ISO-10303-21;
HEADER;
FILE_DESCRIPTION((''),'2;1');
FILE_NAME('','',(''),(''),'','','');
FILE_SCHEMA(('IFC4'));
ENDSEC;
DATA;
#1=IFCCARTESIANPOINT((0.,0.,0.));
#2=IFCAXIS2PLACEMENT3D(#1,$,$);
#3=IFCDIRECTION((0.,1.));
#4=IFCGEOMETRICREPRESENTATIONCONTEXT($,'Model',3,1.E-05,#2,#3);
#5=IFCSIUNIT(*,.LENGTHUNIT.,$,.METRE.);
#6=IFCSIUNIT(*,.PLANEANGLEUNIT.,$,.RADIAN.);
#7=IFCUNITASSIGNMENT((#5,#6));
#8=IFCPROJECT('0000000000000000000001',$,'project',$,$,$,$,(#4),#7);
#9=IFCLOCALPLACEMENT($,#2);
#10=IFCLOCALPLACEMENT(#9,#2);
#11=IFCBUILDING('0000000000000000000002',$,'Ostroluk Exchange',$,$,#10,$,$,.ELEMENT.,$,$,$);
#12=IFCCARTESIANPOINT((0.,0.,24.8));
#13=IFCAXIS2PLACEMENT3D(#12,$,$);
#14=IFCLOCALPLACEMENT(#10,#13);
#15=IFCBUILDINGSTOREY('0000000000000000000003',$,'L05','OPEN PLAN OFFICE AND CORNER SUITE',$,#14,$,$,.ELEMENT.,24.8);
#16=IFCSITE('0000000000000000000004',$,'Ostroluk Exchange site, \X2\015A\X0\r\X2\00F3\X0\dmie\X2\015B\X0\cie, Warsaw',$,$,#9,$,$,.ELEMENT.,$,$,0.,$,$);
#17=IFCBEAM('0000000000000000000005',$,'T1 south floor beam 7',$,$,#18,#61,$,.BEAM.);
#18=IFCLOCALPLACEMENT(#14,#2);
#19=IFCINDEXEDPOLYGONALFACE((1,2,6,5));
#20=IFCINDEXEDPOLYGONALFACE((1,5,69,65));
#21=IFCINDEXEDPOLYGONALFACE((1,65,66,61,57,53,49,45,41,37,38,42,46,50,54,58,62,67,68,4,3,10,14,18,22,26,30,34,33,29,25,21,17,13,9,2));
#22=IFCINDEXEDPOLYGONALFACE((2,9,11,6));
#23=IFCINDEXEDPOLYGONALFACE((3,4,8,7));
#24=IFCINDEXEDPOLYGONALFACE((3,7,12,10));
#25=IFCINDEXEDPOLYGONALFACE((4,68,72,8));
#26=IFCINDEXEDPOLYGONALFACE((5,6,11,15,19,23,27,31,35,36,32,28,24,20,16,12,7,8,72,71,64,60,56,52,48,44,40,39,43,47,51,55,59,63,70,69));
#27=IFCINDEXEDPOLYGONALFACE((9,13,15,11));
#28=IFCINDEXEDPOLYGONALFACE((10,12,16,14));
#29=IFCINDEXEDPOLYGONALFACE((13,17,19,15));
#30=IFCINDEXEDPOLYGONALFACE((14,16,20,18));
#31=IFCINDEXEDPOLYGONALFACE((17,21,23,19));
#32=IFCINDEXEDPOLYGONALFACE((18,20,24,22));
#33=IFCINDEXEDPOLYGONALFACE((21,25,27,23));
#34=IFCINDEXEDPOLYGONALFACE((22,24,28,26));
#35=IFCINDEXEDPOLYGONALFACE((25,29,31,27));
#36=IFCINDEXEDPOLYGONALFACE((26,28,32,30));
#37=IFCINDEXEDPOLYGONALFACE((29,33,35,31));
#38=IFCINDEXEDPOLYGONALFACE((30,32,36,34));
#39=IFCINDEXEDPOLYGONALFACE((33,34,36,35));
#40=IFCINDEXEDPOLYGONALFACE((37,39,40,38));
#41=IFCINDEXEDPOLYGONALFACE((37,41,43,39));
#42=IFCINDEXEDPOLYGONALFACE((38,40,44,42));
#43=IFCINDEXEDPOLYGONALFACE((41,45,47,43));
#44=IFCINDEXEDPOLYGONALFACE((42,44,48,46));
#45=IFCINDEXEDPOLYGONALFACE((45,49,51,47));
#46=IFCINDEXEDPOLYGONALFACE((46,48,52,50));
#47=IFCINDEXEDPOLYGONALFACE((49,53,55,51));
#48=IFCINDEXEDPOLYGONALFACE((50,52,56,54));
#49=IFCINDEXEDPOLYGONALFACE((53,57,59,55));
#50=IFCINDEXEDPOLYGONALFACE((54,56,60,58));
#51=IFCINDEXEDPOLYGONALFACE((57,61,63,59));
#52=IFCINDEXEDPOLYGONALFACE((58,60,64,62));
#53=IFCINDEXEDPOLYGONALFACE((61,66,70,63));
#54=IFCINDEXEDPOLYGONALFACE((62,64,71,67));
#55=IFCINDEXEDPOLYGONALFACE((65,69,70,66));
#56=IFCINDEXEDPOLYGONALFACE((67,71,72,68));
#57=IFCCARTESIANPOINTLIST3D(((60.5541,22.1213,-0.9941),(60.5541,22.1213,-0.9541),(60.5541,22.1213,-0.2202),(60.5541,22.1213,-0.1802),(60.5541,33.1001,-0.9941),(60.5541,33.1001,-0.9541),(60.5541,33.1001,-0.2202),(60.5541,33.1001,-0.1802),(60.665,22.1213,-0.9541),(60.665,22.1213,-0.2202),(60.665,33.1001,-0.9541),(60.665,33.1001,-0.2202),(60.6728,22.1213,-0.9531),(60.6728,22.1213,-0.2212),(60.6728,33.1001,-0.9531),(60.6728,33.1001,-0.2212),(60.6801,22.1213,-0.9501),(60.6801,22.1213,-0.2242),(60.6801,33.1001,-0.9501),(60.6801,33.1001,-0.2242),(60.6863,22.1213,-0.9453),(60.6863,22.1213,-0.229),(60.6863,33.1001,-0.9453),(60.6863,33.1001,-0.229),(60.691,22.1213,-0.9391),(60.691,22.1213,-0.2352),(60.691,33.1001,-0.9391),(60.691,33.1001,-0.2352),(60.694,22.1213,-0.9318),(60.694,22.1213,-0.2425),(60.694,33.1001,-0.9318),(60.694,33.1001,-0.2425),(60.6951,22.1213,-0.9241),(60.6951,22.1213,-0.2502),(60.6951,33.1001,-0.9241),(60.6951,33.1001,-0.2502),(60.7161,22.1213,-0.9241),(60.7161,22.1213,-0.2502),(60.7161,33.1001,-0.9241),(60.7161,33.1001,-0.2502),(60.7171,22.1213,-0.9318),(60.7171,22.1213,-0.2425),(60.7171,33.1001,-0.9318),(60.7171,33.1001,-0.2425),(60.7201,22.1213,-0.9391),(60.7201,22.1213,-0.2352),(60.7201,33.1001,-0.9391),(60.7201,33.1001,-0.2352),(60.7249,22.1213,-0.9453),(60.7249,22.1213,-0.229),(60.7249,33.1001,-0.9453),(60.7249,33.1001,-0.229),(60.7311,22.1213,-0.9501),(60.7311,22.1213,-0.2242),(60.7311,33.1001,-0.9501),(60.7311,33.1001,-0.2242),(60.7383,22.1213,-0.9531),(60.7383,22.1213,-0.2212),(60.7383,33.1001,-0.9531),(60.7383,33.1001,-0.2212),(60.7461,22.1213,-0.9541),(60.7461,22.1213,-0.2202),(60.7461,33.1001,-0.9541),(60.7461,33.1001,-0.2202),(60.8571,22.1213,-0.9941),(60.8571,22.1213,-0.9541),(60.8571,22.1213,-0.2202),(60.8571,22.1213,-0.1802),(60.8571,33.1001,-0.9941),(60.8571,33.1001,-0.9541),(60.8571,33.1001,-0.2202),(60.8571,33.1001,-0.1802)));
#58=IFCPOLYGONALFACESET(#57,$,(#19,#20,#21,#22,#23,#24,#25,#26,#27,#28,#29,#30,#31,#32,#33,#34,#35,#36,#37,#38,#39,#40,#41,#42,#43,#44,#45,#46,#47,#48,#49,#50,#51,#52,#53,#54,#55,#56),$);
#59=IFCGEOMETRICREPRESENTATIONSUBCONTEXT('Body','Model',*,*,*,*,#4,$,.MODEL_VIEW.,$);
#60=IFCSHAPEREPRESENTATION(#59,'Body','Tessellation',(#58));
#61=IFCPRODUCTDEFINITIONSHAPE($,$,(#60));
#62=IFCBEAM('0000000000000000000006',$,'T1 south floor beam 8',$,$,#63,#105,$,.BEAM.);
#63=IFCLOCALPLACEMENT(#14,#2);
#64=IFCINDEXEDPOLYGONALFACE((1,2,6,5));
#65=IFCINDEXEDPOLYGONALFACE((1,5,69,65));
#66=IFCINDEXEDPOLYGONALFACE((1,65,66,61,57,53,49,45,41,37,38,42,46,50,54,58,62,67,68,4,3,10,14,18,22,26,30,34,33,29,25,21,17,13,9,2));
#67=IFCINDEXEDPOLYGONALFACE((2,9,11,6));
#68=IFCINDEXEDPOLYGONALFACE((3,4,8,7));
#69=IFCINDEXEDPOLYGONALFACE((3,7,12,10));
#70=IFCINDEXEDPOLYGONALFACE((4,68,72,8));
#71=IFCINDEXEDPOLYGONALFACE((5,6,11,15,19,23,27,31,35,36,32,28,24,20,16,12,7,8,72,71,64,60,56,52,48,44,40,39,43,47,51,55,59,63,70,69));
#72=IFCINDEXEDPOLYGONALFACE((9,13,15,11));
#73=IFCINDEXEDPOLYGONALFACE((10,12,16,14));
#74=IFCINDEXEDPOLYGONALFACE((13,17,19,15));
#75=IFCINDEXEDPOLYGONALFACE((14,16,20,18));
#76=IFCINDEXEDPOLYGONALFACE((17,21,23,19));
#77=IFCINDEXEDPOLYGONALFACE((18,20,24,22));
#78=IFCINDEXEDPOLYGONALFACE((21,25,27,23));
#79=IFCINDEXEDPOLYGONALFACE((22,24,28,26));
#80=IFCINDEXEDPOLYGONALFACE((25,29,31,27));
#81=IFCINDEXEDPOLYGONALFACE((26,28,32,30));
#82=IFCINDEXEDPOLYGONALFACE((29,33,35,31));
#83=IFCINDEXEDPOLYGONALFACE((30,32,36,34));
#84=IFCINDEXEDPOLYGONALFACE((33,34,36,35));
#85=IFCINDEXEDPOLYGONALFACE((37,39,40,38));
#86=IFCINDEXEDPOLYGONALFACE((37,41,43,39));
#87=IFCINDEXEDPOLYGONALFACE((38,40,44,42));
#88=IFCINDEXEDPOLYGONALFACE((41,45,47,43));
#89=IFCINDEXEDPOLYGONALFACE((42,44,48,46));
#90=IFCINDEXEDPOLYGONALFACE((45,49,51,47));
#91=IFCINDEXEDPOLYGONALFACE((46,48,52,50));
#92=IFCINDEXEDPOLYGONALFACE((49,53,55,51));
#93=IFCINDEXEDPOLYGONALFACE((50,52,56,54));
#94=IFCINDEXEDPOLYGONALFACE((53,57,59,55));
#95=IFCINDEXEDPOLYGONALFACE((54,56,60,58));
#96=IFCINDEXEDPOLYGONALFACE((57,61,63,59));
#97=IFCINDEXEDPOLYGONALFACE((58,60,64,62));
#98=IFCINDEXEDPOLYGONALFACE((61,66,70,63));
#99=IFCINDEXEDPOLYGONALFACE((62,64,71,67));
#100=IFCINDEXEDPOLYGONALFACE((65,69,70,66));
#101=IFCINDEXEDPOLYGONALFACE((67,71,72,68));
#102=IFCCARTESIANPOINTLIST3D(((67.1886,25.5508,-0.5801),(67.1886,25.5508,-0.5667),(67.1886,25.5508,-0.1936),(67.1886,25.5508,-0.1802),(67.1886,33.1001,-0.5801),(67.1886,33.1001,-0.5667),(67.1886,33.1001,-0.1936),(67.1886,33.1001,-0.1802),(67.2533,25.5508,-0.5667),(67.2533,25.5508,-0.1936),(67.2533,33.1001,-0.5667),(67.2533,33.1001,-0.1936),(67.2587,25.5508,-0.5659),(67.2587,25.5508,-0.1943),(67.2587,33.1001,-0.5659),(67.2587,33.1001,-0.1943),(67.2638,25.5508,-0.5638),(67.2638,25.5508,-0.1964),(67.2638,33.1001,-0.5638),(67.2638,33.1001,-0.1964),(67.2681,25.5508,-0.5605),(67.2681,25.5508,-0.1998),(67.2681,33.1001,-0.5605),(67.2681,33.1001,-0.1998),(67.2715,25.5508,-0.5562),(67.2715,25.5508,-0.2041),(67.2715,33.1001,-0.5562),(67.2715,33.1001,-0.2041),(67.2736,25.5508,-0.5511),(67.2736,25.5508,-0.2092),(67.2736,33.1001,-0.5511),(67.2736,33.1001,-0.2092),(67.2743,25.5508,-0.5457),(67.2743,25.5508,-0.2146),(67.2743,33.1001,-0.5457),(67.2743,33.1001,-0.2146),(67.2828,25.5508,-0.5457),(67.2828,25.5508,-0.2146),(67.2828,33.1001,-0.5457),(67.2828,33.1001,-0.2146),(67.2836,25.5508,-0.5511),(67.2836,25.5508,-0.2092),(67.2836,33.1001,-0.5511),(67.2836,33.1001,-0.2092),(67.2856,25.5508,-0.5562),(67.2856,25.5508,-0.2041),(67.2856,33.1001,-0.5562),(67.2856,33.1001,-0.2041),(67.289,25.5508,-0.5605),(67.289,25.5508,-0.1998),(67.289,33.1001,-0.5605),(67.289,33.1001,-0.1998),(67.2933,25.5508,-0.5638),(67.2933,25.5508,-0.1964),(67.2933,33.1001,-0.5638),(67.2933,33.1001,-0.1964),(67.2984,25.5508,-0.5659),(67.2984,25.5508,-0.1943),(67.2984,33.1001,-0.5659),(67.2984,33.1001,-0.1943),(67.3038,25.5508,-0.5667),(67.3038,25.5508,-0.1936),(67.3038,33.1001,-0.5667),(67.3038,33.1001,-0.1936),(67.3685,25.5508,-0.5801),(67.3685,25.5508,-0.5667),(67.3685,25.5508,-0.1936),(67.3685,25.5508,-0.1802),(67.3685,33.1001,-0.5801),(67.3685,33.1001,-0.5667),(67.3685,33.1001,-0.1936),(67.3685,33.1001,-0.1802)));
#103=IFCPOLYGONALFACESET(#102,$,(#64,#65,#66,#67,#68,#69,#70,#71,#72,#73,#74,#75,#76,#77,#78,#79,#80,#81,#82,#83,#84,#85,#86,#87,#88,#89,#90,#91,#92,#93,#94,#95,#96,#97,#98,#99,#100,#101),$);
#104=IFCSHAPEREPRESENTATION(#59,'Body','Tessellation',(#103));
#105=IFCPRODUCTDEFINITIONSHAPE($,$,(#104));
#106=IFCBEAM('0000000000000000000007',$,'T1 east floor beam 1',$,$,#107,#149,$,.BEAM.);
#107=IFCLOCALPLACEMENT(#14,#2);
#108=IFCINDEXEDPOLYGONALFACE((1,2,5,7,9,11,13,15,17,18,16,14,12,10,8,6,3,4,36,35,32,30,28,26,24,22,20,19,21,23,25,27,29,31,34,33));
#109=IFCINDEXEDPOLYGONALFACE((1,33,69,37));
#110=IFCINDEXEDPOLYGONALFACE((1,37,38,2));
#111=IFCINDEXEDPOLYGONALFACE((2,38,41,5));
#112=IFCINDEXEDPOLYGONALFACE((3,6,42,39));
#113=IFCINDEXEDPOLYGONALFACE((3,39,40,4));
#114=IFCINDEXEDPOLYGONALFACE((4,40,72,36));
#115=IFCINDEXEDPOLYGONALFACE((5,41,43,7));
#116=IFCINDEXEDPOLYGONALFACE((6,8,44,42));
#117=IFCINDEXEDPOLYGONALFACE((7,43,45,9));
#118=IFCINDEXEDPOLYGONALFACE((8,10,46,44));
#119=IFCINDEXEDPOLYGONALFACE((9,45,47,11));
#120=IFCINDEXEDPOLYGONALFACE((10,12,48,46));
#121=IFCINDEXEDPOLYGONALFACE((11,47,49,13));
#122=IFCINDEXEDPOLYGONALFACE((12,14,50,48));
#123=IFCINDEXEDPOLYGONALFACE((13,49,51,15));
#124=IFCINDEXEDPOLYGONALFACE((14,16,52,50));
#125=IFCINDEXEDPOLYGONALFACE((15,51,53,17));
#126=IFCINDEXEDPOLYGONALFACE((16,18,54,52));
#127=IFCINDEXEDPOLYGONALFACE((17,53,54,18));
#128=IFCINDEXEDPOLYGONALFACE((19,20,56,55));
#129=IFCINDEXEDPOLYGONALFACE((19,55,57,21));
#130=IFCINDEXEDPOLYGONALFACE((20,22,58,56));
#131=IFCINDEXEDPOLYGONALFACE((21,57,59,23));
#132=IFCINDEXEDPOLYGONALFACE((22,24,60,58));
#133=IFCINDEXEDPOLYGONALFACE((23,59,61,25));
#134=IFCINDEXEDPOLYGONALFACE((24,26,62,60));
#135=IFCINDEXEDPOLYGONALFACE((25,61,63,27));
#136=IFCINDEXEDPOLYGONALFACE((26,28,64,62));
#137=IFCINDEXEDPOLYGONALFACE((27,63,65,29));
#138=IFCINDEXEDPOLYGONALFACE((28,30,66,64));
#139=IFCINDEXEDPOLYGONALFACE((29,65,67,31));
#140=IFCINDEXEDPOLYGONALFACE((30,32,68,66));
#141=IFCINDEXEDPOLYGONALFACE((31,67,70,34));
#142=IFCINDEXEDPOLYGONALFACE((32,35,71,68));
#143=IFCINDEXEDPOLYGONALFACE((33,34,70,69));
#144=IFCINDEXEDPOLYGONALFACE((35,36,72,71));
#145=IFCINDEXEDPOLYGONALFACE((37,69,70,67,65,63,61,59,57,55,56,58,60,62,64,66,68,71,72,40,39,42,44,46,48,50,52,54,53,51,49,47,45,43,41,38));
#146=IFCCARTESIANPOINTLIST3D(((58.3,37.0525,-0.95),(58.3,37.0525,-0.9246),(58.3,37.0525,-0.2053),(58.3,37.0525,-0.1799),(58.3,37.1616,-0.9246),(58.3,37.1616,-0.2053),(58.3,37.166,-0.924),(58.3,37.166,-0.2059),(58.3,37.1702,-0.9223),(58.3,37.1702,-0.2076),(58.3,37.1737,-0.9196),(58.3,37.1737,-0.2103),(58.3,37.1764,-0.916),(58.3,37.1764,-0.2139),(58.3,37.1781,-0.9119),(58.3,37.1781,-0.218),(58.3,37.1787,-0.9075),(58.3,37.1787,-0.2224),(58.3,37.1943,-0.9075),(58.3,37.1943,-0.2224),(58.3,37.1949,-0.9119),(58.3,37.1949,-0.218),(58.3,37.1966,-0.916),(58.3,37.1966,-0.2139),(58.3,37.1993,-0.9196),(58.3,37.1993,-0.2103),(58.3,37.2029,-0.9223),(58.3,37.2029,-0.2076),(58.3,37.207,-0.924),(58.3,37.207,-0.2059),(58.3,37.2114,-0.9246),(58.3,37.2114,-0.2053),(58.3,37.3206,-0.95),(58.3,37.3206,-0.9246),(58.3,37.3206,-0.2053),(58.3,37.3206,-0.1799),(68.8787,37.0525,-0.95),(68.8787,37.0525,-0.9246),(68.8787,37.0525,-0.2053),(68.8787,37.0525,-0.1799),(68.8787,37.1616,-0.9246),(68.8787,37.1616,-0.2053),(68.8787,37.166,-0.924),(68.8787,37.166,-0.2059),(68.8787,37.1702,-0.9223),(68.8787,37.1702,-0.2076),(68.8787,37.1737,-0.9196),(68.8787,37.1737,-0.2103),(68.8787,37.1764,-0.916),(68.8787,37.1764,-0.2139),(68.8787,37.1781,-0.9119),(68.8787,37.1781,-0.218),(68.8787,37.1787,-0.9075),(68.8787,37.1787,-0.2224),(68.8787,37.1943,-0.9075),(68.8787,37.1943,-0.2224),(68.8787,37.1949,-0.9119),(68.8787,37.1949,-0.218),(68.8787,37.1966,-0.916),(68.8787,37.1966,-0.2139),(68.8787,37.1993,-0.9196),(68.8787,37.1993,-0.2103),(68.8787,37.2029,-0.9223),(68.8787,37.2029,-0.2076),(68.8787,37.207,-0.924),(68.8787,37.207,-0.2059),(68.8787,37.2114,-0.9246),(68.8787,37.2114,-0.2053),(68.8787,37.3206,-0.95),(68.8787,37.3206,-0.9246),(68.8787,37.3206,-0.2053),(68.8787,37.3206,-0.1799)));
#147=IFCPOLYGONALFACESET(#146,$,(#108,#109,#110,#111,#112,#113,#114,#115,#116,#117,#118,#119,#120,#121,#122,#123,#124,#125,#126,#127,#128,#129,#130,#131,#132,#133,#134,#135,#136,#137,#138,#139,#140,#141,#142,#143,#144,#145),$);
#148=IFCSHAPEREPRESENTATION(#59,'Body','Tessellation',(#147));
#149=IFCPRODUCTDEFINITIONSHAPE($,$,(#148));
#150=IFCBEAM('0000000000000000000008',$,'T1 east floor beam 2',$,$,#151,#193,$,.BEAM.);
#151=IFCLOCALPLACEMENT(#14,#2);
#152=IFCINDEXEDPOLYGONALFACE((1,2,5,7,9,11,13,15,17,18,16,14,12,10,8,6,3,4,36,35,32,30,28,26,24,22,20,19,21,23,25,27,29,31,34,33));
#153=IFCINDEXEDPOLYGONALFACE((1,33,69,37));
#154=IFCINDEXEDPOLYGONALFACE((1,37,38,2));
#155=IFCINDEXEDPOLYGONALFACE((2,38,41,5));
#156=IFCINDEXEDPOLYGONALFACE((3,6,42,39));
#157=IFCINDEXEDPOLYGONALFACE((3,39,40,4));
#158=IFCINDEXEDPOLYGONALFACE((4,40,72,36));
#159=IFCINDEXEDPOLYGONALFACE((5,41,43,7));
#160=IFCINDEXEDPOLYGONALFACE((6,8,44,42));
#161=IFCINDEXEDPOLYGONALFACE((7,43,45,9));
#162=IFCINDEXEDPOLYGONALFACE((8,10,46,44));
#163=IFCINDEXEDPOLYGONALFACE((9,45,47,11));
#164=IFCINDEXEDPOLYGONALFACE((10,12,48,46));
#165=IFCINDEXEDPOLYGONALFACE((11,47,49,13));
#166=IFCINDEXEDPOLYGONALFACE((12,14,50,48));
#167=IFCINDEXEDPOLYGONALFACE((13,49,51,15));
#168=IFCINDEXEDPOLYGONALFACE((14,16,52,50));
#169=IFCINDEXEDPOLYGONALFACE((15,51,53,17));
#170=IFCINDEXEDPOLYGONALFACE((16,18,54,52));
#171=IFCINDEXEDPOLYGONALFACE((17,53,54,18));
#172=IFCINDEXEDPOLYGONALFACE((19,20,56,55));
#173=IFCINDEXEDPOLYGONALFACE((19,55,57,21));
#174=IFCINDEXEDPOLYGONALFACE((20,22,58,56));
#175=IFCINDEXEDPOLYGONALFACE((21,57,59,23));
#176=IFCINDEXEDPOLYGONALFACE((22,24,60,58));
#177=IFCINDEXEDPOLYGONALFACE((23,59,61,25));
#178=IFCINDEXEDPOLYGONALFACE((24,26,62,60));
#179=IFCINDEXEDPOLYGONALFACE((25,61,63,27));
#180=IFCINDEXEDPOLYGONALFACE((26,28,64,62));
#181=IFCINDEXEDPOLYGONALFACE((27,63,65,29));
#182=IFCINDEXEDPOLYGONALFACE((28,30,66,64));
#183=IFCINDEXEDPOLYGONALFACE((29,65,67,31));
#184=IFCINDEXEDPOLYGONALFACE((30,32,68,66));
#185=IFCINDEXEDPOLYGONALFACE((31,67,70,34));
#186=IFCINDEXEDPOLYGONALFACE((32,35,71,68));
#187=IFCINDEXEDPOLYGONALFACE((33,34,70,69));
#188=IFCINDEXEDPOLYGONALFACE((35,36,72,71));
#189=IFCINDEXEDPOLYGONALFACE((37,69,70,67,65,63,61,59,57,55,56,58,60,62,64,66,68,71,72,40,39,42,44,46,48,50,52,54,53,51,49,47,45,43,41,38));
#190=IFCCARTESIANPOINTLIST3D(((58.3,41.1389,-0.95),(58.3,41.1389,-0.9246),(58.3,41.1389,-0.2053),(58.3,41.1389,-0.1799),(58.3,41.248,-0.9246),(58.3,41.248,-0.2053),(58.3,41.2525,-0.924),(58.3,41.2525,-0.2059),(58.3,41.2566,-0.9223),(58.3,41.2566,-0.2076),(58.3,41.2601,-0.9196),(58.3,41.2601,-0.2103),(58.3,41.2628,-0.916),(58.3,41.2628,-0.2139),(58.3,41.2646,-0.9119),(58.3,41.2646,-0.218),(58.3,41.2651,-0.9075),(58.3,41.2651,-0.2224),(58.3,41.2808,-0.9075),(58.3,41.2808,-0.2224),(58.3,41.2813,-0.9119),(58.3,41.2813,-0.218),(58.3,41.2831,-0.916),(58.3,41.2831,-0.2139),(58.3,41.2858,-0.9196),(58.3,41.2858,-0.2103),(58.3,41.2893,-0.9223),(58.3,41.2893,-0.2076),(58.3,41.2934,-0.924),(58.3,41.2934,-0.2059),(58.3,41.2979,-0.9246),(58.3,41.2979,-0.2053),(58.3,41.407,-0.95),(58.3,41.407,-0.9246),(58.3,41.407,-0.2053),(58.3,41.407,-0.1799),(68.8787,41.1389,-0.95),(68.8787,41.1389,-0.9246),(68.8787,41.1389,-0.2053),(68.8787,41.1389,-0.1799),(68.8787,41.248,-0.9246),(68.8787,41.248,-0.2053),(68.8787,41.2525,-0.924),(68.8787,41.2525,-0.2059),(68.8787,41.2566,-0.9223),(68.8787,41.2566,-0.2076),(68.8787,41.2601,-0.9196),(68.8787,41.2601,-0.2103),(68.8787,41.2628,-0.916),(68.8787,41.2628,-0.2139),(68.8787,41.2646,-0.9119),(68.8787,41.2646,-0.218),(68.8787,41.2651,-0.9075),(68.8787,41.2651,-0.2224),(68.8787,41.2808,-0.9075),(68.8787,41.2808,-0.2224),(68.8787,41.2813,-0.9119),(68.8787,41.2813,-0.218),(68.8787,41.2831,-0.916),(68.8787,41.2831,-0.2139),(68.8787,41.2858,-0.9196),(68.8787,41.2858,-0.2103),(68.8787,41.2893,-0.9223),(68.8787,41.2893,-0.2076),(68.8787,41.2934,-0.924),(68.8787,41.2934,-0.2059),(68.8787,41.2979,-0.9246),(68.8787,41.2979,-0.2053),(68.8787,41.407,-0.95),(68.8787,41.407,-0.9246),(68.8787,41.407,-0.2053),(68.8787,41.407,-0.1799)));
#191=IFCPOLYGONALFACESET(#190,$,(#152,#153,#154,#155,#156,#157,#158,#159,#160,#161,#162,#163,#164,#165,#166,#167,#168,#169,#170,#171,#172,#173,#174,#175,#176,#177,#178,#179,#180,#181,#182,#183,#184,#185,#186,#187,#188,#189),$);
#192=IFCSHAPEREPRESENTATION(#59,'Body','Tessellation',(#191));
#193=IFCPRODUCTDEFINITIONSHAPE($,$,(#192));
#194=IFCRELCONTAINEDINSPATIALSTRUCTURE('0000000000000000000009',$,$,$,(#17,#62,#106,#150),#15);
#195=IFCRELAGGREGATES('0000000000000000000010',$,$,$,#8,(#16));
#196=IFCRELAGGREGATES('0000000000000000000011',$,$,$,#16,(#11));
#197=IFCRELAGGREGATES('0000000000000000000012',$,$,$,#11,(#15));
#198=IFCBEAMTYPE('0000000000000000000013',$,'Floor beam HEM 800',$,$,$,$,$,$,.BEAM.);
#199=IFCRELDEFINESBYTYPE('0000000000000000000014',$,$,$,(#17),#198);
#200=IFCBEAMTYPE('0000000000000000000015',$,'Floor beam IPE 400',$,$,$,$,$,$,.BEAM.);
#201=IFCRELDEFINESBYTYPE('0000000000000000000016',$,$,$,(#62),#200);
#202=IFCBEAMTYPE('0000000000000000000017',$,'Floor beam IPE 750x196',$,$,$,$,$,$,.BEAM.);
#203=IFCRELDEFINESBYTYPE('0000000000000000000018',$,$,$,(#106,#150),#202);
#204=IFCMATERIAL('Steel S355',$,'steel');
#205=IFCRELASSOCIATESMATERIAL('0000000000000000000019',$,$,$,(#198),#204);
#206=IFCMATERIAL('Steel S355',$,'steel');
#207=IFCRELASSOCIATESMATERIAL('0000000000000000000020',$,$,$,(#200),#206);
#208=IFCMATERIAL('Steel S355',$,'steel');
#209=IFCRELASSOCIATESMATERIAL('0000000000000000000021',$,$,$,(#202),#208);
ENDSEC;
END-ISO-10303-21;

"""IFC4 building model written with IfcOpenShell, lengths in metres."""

from ifc_helpers import new_model, si_unit, direction, frame, origin, origin_2d, place, context, subcontext, project, spatial, i_section, extrude, material, material_profile, profile_set, type_object, element, save


model = new_model("IFC4")

# Units and contexts
model_context = context("Model", 3, precision=1e-05, world=origin(), true_north=direction((0.0, 1.0)))
body_context = subcontext(model_context, "Body", "Model", "MODEL_VIEW")
ifc_project = project(units=[si_unit("LENGTHUNIT", "METRE"), si_unit("PLANEANGLEUNIT", "RADIAN")], contexts=[model_context])

# Site, building, storey
site_placement = place(None, origin())
site = spatial("IfcSite", under=ifc_project, at=site_placement, Name="Ostroluk Exchange site, Śródmieście, Warsaw", CompositionType="ELEMENT", RefElevation=0.0)
building_placement = place(site_placement, origin())
building = spatial("IfcBuilding", under=site, at=building_placement, Name="Ostroluk Exchange", CompositionType="ELEMENT")
storey_placement = place(building_placement, frame((0.0, 0.0, 24.8)))
storey = spatial("IfcBuildingStorey", under=building, at=storey_placement, Name="L05", Description="OPEN PLAN OFFICE AND CORNER SUITE", CompositionType="ELEMENT", Elevation=24.8)

# Beams
ifc_material_1 = material(Name="Steel S355", Category="steel")
ifc_material_profile_1 = material_profile(ifc_material_1, i_section(OverallWidth=0.303, OverallDepth=0.814, WebThickness=0.021, FlangeThickness=0.04, FilletRadius=0.03, at=origin_2d()), Name="HEM 800")
ifc_profile_set_1 = profile_set([ifc_material_profile_1], Name="Steel S355")
beam_type_1 = type_object("IfcBeamType", Name="Floor beam HEM 800", PredefinedType="BEAM", material=ifc_profile_set_1)
beam_1_placement = place(storey_placement, frame((60.7056, 33.1001, -0.5872), z_axis=(0.0, -1.0, 0.0), x_axis=(1.0, 0.0, 0.0)))
element("IfcBeam", 1, at=beam_1_placement, inside=storey, type_object=beam_type_1, Name="T1 south floor beam 7", PredefinedType="BEAM", context=body_context, shape_type="SweptSolid", body=[
    extrude(i_section(OverallWidth=0.303, OverallDepth=0.814, WebThickness=0.021, FlangeThickness=0.04, FilletRadius=0.03, at=origin_2d()), origin(), (0.0, 0.0, 1.0), 10.9788),
])
ifc_material_2 = material(Name="Steel S355", Category="steel")
ifc_material_profile_2 = material_profile(ifc_material_2, i_section(OverallWidth=0.1799, OverallDepth=0.3999, WebThickness=0.0085, FlangeThickness=0.0134, FilletRadius=0.021, at=origin_2d()), Name="IPE 400")
ifc_profile_set_2 = profile_set([ifc_material_profile_2], Name="Steel S355")
beam_type_2 = type_object("IfcBeamType", Name="Floor beam IPE 400", PredefinedType="BEAM", material=ifc_profile_set_2)
beam_2_placement = place(storey_placement, frame((67.2786, 33.1001, -0.3801), z_axis=(0.0, -1.0, 0.0), x_axis=(1.0, 0.0, 0.0)))
element("IfcBeam", 2, at=beam_2_placement, inside=storey, type_object=beam_type_2, Name="T1 south floor beam 8", PredefinedType="BEAM", context=body_context, shape_type="SweptSolid", body=[
    extrude(i_section(OverallWidth=0.1799, OverallDepth=0.3999, WebThickness=0.0085, FlangeThickness=0.0134, FilletRadius=0.021, at=origin_2d()), origin(), (0.0, 0.0, 1.0), 7.5493),
])
ifc_material_3 = material(Name="Steel S355", Category="steel")
ifc_material_profile_3 = material_profile(ifc_material_3, i_section(OverallWidth=0.2681, OverallDepth=0.77, WebThickness=0.0156, FlangeThickness=0.0254, FilletRadius=0.0171, at=origin_2d()), Name="IPE 750x196")
ifc_profile_set_3 = profile_set([ifc_material_profile_3], Name="Steel S355")
beam_type_3 = type_object("IfcBeamType", Name="Floor beam IPE 750x196", PredefinedType="BEAM", material=ifc_profile_set_3)
for number, where, z_axis, x_axis, name in (
    (3, (58.3, 37.1865, -0.5649), (1.0, 0.0, 0.0), (0.0, 1.0, 0.0), "T1 east floor beam 1"),
    (4, (58.3, 41.2729, -0.5649), (1.0, 0.0, 0.0), (0.0, 1.0, 0.0), "T1 east floor beam 2"),
):
    element("IfcBeam", number, at=place(storey_placement, frame(where, z_axis=z_axis, x_axis=x_axis)), inside=storey, type_object=beam_type_3, Name=name, PredefinedType="BEAM", context=body_context, shape_type="SweptSolid", body=[
        extrude(i_section(OverallWidth=0.2681, OverallDepth=0.77, WebThickness=0.0156, FlangeThickness=0.0254, FilletRadius=0.0171, at=origin_2d()), origin(), (0.0, 0.0, 1.0), 10.5786),
    ])

save(model, "model.ifc")
